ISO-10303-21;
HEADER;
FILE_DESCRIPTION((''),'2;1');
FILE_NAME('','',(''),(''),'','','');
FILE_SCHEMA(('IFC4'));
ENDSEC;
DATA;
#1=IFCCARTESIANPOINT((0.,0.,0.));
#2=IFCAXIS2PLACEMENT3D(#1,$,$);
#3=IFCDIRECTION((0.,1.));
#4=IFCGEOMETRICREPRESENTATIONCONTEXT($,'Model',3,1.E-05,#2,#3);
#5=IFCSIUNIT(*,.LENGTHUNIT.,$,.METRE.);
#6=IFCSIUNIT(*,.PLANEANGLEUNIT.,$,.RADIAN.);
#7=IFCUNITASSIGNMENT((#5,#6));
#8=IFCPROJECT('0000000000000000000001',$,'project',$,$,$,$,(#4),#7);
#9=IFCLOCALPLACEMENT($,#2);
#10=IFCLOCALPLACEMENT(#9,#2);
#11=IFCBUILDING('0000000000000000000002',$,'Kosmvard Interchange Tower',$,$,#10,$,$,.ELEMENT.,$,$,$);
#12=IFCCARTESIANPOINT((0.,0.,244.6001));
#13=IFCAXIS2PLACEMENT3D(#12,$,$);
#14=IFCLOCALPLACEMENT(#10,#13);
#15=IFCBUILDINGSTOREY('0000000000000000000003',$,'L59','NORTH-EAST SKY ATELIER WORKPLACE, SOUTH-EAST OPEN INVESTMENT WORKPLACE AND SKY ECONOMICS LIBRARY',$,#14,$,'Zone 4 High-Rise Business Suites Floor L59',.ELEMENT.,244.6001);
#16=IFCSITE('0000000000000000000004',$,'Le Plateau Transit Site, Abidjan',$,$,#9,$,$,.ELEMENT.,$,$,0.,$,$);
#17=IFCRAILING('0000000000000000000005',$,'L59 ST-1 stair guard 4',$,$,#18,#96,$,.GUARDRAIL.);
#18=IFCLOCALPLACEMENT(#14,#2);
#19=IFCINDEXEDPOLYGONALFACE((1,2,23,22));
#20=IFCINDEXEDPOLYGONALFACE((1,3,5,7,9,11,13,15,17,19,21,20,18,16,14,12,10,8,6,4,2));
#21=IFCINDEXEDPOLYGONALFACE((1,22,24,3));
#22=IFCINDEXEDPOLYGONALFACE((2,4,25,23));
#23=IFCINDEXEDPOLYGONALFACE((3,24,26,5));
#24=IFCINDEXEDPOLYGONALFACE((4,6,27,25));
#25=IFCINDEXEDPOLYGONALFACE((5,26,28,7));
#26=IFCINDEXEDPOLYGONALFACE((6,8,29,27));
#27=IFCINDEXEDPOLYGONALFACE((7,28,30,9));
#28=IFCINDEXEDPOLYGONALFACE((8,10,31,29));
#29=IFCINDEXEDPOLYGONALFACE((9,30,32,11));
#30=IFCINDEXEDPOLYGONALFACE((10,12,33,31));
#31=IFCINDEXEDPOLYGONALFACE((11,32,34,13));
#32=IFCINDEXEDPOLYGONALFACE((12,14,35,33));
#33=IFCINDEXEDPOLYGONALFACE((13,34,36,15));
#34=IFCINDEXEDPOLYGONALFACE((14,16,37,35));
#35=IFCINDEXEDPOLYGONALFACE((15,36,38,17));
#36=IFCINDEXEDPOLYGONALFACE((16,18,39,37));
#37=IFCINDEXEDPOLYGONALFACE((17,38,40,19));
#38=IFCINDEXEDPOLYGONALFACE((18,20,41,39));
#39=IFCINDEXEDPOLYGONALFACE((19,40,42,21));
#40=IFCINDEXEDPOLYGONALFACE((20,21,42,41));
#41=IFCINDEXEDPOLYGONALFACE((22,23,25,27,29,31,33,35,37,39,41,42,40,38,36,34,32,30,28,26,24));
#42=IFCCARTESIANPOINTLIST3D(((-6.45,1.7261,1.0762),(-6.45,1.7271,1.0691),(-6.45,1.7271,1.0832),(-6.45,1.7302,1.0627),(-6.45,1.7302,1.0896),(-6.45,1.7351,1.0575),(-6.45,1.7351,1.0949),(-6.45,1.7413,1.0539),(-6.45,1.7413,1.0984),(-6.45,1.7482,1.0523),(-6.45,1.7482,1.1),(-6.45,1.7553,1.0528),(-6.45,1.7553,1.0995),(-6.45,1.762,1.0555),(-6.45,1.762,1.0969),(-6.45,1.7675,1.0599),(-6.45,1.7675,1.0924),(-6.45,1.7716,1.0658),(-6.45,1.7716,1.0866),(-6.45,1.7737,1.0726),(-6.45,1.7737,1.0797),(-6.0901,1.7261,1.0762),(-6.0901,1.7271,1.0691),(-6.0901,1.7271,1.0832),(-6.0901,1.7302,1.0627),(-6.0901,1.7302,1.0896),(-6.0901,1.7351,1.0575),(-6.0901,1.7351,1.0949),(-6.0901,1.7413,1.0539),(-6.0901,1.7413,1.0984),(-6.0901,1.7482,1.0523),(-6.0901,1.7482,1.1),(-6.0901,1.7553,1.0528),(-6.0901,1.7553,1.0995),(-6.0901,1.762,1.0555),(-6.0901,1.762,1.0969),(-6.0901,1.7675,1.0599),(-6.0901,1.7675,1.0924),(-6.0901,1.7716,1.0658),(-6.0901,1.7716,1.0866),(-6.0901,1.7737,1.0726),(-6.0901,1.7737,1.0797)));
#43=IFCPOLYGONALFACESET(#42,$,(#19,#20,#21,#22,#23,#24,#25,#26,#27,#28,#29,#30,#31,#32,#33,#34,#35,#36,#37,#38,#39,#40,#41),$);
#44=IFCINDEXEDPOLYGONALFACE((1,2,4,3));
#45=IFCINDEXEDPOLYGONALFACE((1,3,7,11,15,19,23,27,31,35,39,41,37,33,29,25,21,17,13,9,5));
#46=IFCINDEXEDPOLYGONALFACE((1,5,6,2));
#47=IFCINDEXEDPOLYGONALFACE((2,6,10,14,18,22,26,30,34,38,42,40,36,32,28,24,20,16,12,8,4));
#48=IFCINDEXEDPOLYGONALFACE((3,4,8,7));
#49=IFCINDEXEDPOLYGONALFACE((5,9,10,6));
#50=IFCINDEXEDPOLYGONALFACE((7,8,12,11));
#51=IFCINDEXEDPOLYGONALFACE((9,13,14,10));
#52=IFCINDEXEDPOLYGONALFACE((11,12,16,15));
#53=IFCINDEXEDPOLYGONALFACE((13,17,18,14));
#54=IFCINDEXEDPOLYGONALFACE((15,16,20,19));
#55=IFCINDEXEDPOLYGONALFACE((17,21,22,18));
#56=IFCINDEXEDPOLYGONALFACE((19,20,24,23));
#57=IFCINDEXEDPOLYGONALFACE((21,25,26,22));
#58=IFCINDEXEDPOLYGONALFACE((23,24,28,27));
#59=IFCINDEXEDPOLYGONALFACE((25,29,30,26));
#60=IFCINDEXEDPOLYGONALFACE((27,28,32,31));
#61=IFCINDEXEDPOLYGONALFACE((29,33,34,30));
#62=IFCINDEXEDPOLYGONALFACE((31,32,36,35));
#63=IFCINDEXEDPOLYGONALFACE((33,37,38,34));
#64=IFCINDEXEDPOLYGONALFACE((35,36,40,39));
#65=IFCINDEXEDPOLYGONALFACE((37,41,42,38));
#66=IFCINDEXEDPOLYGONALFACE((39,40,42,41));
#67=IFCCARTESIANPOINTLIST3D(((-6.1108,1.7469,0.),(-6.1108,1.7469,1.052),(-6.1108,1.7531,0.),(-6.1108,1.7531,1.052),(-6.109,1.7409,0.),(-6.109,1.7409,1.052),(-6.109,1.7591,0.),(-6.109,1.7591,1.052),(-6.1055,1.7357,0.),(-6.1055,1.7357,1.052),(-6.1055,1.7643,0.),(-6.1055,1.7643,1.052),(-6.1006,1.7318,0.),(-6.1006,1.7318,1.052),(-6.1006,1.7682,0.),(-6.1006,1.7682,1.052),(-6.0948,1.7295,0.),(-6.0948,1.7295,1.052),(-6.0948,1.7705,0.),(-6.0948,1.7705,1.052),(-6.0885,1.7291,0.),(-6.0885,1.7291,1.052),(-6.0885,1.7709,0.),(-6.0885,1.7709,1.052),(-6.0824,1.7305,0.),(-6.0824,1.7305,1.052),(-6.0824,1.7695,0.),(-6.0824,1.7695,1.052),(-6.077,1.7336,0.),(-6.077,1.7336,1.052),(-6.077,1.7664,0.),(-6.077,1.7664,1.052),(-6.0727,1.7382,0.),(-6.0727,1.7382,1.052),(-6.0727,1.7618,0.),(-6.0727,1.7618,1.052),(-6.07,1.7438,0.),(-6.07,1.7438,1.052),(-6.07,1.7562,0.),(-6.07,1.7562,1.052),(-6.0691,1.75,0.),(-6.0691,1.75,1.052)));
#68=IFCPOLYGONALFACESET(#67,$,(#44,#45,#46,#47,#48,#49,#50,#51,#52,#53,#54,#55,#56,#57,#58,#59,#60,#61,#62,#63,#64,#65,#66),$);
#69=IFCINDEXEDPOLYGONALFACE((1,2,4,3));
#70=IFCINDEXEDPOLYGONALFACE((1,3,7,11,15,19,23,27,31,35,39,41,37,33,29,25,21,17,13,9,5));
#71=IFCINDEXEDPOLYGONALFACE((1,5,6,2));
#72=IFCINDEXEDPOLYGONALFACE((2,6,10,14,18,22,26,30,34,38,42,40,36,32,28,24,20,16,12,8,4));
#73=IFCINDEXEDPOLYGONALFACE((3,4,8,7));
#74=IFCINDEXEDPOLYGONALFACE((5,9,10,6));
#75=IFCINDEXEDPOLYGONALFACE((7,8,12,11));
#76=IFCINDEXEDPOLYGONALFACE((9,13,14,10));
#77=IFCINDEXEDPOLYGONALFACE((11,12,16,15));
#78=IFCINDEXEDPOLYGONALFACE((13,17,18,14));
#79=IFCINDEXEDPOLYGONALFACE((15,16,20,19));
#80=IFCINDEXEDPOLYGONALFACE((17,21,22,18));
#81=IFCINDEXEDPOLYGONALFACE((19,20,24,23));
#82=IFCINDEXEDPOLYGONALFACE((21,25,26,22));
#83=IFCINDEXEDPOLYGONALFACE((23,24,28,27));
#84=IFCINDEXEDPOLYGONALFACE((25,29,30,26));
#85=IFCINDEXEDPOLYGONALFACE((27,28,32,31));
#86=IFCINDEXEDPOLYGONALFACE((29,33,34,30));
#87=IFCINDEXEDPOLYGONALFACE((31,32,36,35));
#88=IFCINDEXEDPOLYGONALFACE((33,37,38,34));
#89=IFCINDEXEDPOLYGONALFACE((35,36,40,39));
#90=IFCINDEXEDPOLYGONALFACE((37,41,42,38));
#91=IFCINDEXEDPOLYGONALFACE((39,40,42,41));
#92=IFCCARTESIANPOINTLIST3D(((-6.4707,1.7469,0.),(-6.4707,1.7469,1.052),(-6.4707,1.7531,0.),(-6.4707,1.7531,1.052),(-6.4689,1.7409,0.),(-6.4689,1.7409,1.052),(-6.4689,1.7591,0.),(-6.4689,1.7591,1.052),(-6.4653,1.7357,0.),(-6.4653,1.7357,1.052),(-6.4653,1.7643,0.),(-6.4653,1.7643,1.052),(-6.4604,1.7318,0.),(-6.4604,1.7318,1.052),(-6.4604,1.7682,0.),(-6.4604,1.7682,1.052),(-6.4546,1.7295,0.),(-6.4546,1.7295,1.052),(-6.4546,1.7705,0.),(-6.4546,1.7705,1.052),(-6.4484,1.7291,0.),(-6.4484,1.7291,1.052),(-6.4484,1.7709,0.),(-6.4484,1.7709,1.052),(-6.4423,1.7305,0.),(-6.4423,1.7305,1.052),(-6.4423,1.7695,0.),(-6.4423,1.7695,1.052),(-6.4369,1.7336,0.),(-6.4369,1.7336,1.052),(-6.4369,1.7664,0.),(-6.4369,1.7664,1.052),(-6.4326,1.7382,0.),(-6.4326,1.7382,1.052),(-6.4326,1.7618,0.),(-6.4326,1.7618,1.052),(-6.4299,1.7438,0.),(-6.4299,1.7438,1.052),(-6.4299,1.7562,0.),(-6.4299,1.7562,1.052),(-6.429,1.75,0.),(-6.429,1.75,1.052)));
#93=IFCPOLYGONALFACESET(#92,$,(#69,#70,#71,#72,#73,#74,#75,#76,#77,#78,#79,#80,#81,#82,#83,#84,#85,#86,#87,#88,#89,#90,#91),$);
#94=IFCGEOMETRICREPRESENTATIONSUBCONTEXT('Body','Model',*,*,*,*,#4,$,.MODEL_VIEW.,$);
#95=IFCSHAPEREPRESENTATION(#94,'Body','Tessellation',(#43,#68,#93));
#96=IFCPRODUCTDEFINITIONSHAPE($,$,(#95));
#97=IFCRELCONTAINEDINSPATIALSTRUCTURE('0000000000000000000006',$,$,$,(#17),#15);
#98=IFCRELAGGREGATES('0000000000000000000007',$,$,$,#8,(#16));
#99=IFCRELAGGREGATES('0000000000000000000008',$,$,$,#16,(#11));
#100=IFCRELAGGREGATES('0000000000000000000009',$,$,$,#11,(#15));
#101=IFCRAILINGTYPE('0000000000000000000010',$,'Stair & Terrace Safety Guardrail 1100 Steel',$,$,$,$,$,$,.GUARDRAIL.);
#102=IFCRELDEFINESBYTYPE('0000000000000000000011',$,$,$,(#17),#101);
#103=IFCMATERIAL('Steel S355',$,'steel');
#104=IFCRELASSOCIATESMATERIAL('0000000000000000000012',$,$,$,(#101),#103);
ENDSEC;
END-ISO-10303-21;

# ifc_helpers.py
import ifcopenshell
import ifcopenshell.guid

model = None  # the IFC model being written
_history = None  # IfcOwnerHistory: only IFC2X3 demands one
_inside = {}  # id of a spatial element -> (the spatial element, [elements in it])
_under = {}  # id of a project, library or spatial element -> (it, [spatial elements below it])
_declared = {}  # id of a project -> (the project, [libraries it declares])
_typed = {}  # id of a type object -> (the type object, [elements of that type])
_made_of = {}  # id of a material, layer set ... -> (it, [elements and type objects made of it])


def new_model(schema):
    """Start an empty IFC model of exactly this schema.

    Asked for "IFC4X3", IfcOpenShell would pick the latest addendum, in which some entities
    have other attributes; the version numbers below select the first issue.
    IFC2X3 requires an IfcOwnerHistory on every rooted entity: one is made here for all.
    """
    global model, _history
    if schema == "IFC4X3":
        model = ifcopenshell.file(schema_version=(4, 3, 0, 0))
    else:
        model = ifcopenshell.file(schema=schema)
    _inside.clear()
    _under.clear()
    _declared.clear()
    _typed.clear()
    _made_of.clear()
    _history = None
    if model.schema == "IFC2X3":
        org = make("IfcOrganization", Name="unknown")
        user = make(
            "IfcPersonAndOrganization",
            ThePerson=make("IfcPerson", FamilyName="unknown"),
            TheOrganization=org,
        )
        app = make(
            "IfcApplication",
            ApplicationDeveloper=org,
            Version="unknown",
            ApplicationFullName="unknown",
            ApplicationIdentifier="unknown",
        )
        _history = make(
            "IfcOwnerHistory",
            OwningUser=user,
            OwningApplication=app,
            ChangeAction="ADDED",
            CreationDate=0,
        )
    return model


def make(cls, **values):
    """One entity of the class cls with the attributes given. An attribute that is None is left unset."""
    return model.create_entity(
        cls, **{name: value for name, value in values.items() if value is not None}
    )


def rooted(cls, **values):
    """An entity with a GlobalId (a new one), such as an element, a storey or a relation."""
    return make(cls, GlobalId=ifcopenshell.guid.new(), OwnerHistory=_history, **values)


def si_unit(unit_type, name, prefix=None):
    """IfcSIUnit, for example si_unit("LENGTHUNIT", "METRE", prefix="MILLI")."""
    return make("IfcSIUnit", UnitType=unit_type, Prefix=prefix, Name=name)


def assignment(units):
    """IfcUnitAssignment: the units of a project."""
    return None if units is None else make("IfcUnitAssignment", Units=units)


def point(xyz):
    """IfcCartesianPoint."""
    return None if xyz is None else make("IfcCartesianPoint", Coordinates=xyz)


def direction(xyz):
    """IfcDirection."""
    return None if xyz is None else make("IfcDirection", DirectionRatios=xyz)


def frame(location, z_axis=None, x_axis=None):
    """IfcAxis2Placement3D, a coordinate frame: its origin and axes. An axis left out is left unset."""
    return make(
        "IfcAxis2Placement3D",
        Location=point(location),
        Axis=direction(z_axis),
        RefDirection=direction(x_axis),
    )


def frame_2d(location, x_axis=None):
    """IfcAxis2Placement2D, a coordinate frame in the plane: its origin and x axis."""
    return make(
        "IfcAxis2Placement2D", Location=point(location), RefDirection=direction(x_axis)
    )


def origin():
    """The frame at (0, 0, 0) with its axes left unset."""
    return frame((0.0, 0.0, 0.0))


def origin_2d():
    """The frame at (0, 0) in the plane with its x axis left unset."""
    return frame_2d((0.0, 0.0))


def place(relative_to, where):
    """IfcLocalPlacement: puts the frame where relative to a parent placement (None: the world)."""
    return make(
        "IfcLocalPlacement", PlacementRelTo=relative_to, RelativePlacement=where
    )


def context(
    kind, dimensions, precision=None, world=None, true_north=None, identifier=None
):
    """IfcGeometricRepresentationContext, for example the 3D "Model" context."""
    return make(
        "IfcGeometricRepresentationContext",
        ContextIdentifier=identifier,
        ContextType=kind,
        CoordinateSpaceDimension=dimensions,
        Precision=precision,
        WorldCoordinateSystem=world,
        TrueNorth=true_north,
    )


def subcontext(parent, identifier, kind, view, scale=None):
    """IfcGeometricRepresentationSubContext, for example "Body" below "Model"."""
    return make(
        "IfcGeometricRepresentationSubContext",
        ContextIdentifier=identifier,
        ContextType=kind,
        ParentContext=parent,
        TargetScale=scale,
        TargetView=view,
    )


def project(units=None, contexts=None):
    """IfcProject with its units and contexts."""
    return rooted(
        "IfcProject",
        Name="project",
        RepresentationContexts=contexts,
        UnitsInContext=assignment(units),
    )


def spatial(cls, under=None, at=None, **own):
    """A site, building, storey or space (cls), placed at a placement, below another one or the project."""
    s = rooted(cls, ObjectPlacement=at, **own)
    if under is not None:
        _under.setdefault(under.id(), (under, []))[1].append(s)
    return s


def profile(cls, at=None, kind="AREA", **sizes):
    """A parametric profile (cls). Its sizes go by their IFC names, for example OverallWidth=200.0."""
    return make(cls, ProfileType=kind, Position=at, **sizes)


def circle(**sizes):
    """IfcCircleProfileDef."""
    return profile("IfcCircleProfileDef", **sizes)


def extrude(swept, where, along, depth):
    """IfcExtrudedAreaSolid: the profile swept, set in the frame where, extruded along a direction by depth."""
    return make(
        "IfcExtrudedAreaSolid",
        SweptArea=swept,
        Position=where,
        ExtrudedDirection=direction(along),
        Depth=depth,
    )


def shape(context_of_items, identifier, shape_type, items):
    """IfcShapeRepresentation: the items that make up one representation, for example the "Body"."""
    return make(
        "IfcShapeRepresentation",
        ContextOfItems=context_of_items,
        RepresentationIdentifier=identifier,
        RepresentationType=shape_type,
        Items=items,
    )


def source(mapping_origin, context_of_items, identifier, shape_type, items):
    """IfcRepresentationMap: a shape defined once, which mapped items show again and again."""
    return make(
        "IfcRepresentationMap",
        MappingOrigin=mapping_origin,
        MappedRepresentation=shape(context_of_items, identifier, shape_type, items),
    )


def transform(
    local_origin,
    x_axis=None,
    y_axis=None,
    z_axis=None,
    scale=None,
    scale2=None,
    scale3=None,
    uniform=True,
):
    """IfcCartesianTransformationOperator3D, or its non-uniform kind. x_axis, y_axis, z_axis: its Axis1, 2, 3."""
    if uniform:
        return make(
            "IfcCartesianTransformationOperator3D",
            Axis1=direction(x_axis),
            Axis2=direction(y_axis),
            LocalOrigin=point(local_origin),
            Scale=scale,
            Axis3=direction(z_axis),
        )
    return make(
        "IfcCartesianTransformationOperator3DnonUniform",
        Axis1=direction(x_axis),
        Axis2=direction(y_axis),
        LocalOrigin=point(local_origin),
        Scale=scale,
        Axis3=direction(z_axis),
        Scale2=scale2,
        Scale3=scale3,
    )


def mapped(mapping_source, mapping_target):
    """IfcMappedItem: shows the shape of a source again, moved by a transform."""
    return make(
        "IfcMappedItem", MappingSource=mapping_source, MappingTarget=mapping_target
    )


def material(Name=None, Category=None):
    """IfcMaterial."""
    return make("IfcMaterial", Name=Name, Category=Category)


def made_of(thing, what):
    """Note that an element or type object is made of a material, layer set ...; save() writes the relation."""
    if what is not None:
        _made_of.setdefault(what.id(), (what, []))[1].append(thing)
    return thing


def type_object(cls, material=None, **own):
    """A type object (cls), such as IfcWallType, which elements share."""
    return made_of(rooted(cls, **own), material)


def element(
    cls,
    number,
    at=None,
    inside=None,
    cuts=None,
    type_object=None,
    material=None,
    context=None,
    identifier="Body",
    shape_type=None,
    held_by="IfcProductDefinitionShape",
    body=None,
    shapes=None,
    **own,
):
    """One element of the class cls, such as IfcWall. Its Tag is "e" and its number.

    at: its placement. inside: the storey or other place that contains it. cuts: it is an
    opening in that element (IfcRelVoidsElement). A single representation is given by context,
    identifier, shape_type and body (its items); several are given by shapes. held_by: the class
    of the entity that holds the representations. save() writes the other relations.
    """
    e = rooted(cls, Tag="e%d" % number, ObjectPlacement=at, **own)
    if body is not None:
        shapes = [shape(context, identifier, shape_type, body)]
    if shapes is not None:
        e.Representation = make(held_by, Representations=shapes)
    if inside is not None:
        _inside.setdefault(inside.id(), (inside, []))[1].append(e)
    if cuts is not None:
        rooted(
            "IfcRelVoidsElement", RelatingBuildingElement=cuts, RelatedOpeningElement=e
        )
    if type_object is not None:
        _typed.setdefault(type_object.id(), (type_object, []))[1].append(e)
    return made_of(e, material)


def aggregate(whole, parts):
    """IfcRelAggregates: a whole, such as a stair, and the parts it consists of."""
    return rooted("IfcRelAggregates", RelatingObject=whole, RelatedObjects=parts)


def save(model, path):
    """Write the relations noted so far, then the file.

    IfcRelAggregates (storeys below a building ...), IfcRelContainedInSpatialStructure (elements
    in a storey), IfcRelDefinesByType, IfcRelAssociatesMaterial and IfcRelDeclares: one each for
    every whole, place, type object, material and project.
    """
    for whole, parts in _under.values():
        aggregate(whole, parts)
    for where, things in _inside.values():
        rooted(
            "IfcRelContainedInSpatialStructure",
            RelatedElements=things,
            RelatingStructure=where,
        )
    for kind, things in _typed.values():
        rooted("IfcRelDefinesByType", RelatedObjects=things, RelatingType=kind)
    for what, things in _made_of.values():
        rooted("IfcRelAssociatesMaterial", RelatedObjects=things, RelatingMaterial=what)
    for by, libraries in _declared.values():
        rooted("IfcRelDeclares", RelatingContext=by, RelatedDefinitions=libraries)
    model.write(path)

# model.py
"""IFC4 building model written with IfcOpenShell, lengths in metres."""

from ifc_helpers import new_model, si_unit, direction, frame, origin, origin_2d, place, context, subcontext, project, spatial, circle, extrude, source, transform, mapped, material, type_object, element, save


model = new_model("IFC4")

# Units and contexts
model_context = context("Model", 3, precision=1e-05, world=origin(), true_north=direction((0.0, 1.0)))
body_context = subcontext(model_context, "Body", "Model", "MODEL_VIEW")
ifc_project = project(units=[si_unit("LENGTHUNIT", "METRE"), si_unit("PLANEANGLEUNIT", "RADIAN")], contexts=[model_context])

# Site, building, storey
site_placement = place(None, origin())
site = spatial("IfcSite", under=ifc_project, at=site_placement, Name="Le Plateau Transit Site, Abidjan", CompositionType="ELEMENT", RefElevation=0.0)
building_placement = place(site_placement, origin())
building = spatial("IfcBuilding", under=site, at=building_placement, Name="Kosmvard Interchange Tower", CompositionType="ELEMENT")
storey_placement = place(building_placement, frame((0.0, 0.0, 244.6001)))
storey = spatial("IfcBuildingStorey", under=building, at=storey_placement, Name="L59", Description="NORTH-EAST SKY ATELIER WORKPLACE, SOUTH-EAST OPEN INVESTMENT WORKPLACE AND SKY ECONOMICS LIBRARY", LongName="Zone 4 High-Rise Business Suites Floor L59", CompositionType="ELEMENT", Elevation=244.6001)

# Shared definitions
ifc_material_1 = material(Name="Steel S355", Category="steel")

# Railing
railing_type = type_object("IfcRailingType", Name="Stair & Terrace Safety Guardrail 1100 Steel", PredefinedType="GUARDRAIL", material=ifc_material_1)
shared_shape_1 = source(origin(), body_context, "Body", "SweptSolid", [
    extrude(circle(Radius=0.0239, at=origin_2d()), frame((0.0, 0.0, 1.0762), z_axis=(-1.0, 0.0, 0.0), x_axis=(0.0, -1.0, 0.0)), (0.0, 0.0, 1.0), 0.3599),
    extrude(circle(Radius=0.021, at=origin_2d()), origin(), (0.0, 0.0, 1.0), 1.052),
    extrude(circle(Radius=0.021, at=origin_2d()), frame((-0.3599, 0.0, 0.0)), (0.0, 0.0, 1.0), 1.052),
])
railing_placement = place(storey_placement, frame((-6.0901, 1.75, 0.0)))
element("IfcRailing", 1, at=railing_placement, inside=storey, type_object=railing_type, Name="L59 ST-1 stair guard 4", PredefinedType="GUARDRAIL", context=body_context, shape_type="MappedRepresentation", body=[
    mapped(shared_shape_1, transform((0.0, 0.0, 0.0), scale=1.0)),
])

save(model, "model.ifc")
